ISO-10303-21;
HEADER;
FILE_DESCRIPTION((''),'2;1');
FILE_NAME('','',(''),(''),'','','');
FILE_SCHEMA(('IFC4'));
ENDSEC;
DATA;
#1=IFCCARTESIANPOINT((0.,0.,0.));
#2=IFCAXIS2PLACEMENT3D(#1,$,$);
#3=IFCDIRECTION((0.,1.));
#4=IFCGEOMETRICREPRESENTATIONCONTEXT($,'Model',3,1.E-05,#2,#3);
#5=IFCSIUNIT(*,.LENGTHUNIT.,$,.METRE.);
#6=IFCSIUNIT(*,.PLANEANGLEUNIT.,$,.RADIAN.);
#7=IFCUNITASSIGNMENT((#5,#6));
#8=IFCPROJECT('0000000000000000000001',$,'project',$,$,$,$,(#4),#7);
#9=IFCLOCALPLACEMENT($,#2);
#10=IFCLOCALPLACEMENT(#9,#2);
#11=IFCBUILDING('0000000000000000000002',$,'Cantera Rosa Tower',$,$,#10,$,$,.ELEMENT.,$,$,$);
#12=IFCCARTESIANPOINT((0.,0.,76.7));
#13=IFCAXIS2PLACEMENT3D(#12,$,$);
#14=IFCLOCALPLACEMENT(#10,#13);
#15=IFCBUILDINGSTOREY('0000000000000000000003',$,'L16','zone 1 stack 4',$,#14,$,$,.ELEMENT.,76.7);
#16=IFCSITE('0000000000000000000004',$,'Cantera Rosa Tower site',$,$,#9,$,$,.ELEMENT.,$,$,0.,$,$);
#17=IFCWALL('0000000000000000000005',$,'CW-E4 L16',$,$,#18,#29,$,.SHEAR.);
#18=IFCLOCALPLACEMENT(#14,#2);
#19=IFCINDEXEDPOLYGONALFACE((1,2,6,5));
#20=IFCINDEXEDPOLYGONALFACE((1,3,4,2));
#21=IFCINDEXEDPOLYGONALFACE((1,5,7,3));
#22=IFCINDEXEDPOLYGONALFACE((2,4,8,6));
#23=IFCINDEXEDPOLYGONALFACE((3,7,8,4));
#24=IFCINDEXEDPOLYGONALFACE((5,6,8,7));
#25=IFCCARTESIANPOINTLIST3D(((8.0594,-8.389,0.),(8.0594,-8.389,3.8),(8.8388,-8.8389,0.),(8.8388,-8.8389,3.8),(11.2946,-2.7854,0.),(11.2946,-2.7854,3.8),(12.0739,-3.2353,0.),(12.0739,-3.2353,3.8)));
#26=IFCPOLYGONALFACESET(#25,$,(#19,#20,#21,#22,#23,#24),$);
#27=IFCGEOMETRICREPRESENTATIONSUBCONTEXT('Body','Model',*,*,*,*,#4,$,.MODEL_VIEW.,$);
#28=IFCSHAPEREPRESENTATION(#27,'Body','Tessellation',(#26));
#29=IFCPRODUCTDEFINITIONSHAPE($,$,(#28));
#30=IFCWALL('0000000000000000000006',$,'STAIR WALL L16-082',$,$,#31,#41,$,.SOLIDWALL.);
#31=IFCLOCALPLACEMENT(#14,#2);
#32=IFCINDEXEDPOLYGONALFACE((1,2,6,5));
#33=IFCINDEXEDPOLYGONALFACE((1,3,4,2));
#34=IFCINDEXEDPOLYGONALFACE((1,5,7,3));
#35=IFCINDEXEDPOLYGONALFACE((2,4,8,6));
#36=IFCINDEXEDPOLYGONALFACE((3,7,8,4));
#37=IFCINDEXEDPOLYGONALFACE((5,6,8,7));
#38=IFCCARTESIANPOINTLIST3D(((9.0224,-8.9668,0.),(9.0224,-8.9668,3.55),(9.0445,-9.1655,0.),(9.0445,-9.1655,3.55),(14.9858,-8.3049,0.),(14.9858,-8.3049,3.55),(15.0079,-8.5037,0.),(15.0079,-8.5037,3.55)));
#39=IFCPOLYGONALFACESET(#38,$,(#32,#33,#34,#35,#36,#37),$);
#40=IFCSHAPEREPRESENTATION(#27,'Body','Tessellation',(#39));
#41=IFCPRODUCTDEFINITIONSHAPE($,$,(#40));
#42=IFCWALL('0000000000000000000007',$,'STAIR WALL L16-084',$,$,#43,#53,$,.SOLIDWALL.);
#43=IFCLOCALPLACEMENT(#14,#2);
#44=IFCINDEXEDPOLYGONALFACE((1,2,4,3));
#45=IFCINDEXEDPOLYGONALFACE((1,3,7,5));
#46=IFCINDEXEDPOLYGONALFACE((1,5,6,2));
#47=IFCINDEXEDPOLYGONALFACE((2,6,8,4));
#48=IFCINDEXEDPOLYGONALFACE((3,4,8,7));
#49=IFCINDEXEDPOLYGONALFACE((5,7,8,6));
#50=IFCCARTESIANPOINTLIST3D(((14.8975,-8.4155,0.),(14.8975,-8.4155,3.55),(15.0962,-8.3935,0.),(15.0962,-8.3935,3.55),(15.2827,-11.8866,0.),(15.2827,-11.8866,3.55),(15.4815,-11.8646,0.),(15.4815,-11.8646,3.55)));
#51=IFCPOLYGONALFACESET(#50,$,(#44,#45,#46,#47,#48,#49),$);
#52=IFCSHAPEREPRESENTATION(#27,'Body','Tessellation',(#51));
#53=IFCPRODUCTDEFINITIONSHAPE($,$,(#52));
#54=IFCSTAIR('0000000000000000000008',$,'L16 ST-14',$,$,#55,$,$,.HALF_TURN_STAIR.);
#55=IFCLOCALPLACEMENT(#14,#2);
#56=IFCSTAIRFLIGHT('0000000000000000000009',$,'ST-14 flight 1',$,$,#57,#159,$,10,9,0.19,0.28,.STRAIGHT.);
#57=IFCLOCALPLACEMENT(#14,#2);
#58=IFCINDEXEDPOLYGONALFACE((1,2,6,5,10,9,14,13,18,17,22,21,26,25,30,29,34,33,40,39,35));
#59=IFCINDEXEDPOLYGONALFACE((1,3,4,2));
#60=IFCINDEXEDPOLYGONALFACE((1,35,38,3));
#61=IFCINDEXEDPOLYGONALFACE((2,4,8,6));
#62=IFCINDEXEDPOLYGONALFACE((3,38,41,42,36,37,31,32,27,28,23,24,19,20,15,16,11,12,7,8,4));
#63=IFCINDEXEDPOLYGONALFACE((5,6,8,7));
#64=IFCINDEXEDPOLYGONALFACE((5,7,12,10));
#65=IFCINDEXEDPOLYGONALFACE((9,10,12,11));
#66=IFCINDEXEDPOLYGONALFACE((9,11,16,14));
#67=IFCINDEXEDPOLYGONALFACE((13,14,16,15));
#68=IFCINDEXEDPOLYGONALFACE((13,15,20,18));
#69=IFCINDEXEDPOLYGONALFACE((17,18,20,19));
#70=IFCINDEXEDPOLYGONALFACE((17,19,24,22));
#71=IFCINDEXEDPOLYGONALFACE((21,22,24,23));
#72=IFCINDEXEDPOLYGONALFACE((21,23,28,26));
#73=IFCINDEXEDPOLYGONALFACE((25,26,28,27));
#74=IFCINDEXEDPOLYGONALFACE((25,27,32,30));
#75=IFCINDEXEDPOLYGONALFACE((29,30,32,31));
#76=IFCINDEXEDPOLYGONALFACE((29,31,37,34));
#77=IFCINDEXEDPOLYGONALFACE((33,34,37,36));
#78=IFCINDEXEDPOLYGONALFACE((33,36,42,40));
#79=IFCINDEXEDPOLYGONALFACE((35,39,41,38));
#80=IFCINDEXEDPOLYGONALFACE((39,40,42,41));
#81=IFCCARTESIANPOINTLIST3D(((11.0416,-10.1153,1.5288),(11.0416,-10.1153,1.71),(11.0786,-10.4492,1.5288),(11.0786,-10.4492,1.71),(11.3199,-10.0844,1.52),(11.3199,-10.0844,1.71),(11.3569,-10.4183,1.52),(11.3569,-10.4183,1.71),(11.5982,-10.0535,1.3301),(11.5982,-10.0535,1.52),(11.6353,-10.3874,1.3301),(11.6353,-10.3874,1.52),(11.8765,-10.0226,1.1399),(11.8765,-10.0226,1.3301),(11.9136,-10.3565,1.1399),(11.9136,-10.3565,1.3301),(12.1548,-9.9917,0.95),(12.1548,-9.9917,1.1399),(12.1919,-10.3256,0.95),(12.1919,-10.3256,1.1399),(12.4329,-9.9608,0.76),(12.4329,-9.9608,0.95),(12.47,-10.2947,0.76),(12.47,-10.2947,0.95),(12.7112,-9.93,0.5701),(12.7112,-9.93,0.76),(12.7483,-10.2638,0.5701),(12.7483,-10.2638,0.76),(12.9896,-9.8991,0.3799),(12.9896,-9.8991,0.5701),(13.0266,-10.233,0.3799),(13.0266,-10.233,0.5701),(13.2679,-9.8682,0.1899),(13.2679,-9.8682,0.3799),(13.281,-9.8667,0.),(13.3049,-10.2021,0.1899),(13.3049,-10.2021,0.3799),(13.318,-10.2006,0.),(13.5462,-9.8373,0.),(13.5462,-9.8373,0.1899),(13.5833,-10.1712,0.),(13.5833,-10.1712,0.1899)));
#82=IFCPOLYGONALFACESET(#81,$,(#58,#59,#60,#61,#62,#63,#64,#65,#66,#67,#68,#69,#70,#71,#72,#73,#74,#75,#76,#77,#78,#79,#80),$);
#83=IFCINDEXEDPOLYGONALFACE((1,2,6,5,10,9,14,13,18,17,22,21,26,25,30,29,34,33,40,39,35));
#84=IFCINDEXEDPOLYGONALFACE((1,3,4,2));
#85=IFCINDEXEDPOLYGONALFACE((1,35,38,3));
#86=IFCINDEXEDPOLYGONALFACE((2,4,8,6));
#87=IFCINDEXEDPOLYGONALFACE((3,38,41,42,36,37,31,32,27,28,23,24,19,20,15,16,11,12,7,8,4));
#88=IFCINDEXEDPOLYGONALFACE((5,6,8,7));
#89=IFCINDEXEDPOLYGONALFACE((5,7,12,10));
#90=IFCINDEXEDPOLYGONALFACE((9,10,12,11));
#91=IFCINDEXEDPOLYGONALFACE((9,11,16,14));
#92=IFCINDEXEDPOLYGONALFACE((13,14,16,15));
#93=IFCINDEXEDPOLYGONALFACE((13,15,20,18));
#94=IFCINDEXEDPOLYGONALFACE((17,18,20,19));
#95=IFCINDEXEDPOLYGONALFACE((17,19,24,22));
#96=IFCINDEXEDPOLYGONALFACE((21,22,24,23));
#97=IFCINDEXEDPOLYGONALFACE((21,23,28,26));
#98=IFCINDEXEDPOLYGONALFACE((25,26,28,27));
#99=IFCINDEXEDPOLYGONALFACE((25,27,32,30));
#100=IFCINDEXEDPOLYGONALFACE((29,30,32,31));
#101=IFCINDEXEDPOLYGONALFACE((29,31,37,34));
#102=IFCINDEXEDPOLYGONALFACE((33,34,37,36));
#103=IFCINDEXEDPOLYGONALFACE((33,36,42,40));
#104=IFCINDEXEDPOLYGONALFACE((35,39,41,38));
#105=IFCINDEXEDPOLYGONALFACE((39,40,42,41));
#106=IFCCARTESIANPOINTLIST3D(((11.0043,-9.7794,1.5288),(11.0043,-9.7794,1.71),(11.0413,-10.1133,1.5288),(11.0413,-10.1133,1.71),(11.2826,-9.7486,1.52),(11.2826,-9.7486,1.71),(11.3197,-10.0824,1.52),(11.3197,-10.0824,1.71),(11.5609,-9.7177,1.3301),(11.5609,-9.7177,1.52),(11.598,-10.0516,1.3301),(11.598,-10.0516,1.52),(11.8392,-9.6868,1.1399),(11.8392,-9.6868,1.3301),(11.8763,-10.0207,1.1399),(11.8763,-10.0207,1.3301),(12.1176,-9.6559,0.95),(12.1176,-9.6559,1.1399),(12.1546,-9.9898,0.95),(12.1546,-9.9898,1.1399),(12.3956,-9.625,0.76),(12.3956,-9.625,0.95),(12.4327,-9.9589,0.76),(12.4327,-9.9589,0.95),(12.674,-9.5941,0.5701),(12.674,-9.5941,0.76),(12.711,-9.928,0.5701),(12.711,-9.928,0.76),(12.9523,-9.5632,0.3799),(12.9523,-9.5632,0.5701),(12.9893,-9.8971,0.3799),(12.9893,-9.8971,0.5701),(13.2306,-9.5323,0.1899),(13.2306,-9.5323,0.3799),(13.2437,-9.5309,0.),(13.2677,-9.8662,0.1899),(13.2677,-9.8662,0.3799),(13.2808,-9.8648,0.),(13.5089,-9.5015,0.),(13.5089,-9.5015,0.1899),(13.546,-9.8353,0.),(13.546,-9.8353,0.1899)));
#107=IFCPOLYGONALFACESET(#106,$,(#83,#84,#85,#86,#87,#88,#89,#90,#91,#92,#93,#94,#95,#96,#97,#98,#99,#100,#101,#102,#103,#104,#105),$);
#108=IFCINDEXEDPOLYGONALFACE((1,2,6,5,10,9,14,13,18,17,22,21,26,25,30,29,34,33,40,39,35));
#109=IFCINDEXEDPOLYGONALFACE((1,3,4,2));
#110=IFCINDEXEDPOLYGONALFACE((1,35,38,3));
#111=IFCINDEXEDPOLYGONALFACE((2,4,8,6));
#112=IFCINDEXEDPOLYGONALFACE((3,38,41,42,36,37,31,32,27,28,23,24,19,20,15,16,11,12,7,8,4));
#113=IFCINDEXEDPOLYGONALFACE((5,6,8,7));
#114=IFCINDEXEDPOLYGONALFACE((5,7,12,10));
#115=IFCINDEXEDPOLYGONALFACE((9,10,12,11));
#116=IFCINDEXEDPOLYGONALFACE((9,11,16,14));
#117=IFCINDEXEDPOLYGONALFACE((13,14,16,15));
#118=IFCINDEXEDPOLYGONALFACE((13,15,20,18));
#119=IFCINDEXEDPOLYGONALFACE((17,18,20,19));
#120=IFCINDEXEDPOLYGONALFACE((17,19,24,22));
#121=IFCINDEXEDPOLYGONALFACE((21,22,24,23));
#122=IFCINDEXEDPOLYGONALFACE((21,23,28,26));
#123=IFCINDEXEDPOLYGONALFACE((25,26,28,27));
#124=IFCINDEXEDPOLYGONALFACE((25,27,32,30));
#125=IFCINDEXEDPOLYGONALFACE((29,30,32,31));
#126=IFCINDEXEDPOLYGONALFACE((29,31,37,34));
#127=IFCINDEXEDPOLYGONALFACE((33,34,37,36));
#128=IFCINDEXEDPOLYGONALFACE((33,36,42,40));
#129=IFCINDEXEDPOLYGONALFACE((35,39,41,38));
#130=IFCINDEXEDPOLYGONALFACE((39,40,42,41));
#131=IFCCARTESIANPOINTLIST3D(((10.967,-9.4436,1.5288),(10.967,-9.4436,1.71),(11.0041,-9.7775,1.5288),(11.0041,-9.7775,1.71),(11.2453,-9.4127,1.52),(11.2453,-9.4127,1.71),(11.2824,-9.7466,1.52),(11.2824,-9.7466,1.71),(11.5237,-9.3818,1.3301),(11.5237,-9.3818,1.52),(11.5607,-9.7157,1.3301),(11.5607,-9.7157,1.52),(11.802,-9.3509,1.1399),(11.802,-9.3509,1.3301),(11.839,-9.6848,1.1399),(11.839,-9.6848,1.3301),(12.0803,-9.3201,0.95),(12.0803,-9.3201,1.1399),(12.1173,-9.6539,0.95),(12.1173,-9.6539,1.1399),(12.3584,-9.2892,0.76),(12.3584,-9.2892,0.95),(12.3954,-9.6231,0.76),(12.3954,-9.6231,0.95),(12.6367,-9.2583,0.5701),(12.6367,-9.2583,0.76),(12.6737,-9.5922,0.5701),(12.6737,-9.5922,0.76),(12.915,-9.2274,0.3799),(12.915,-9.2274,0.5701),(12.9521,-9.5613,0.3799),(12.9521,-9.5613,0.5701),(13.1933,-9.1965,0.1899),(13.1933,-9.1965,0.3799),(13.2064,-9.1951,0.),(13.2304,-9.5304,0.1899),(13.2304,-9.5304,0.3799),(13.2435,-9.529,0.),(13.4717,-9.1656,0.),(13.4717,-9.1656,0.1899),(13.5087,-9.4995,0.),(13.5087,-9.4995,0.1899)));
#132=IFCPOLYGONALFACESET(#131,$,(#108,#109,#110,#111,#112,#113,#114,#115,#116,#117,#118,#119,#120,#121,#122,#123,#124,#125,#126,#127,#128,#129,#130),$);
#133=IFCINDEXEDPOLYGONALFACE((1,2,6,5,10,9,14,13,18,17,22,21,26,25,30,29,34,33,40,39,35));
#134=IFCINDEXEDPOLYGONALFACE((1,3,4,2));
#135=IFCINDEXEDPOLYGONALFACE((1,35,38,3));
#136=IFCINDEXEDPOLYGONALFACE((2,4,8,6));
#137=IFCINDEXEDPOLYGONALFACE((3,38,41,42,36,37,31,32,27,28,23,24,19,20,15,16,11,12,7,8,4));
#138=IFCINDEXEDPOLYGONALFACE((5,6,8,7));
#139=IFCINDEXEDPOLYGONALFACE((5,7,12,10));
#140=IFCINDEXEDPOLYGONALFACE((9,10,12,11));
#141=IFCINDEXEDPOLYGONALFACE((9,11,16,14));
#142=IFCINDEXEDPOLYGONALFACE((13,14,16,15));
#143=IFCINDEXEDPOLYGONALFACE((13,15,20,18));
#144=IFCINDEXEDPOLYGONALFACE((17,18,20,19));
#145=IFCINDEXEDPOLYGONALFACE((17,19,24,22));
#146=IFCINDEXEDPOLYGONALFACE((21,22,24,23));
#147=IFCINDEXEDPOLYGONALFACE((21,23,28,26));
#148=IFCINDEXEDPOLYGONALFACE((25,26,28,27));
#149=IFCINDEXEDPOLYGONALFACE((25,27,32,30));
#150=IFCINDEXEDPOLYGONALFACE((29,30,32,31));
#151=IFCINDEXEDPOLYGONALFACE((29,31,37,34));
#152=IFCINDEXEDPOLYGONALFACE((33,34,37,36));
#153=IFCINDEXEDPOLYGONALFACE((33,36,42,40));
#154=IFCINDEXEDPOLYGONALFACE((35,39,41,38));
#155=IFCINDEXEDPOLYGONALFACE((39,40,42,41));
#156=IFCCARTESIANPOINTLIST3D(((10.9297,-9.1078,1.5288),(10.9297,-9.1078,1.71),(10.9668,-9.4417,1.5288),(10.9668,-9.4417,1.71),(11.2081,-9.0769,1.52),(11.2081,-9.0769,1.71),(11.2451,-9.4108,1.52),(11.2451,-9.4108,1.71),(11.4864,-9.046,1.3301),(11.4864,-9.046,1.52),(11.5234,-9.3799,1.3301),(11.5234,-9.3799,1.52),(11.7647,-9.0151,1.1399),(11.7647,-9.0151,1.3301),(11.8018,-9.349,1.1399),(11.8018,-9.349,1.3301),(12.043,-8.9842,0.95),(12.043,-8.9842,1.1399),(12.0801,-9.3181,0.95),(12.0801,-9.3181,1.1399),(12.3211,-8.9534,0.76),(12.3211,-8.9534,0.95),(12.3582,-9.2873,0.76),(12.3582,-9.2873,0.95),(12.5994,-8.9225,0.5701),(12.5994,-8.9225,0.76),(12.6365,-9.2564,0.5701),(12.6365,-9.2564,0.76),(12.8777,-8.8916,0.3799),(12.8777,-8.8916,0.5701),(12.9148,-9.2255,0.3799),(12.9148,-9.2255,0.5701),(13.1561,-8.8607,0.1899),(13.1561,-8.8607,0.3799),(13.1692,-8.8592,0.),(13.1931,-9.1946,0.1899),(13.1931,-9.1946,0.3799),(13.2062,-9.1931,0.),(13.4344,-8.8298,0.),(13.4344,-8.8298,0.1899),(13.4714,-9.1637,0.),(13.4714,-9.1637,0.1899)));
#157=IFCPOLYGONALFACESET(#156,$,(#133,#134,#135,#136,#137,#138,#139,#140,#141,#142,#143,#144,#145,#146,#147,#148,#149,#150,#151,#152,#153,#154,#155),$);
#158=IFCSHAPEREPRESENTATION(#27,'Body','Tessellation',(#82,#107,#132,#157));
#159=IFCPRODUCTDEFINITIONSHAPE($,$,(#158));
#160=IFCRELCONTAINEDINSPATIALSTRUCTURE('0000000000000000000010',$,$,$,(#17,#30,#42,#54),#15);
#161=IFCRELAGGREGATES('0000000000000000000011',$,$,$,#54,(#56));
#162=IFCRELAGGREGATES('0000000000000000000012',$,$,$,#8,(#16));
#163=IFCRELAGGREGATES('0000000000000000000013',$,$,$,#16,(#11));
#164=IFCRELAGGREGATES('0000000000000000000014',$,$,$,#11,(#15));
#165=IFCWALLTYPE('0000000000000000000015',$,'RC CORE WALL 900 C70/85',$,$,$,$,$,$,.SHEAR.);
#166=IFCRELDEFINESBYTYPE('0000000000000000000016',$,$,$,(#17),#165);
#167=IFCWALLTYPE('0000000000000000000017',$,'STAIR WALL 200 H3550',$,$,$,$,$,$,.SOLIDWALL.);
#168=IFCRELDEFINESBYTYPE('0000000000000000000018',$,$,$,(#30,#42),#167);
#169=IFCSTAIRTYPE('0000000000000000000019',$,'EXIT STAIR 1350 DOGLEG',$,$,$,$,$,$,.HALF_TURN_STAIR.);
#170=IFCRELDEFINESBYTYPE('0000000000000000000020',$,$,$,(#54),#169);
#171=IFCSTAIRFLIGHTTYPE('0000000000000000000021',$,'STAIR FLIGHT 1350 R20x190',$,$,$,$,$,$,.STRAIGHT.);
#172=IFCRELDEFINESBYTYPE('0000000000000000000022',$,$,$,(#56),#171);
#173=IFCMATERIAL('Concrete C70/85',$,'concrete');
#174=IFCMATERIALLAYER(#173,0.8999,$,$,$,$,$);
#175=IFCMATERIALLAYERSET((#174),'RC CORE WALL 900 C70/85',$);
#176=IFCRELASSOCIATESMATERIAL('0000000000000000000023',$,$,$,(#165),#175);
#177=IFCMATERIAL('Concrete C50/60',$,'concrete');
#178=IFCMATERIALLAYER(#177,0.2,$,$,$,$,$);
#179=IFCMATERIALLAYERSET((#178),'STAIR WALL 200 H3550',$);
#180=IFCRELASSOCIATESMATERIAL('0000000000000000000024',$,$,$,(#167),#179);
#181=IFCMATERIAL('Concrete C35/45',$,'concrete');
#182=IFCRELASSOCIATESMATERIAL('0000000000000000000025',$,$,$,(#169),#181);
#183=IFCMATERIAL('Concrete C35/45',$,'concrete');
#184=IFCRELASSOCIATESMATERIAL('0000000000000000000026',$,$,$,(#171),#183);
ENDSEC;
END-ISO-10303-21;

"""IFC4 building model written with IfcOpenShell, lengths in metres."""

from ifc_helpers import new_model, si_unit, direction, frame, frame_2d, origin, place, context, subcontext, project, spatial, polyline, rectangle, outline, extrude, material, layer, layer_set, type_object, element, aggregate, save


model = new_model("IFC4")

# Units and contexts
model_context = context("Model", 3, precision=1e-05, world=origin(), true_north=direction((0.0, 1.0)))
body_context = subcontext(model_context, "Body", "Model", "MODEL_VIEW")
ifc_project = project(units=[si_unit("LENGTHUNIT", "METRE"), si_unit("PLANEANGLEUNIT", "RADIAN")], contexts=[model_context])

# Site, building, storey
site_placement = place(None, origin())
site = spatial("IfcSite", under=ifc_project, at=site_placement, Name="Cantera Rosa Tower site", CompositionType="ELEMENT", RefElevation=0.0)
building_placement = place(site_placement, origin())
building = spatial("IfcBuilding", under=site, at=building_placement, Name="Cantera Rosa Tower", CompositionType="ELEMENT")
storey_placement = place(building_placement, frame((0.0, 0.0, 76.7)))
storey = spatial("IfcBuildingStorey", under=building, at=storey_placement, Name="L16", Description="zone 1 stack 4", CompositionType="ELEMENT", Elevation=76.7)

# Walls
ifc_material_1 = material(Name="Concrete C70/85", Category="concrete")
ifc_layer_1 = layer(ifc_material_1, 0.8999)
ifc_layer_set_1 = layer_set([ifc_layer_1], Name="RC CORE WALL 900 C70/85")
wall_type_1 = type_object("IfcWallType", Name="RC CORE WALL 900 C70/85", PredefinedType="SHEAR", material=ifc_layer_set_1)
wall_1_placement = place(storey_placement, frame((11.6843, -3.0103, 0.0), z_axis=(0.0, 0.0, 1.0), x_axis=(-0.49999, -0.866031, 0.0)))
element("IfcWall", 1, at=wall_1_placement, inside=storey, type_object=wall_type_1, Name="CW-E4 L16", PredefinedType="SHEAR", context=body_context, shape_type="SweptSolid", body=[
    extrude(rectangle(XDim=6.4705, YDim=0.8999, at=frame_2d((3.2354, 0.0))), origin(), (0.0, 0.0, 1.0), 3.8),
])
ifc_material_2 = material(Name="Concrete C50/60", Category="concrete")
ifc_layer_2 = layer(ifc_material_2, 0.2)
ifc_layer_set_2 = layer_set([ifc_layer_2], Name="STAIR WALL 200 H3550")
wall_type_2 = type_object("IfcWallType", Name="STAIR WALL 200 H3550", PredefinedType="SOLIDWALL", material=ifc_layer_set_2)
wall_2_placement = place(storey_placement, frame((14.9968, -8.4043, 0.0), z_axis=(0.0, 0.0, 1.0), x_axis=(-0.993897, -0.110311, 0.0)))
element("IfcWall", 2, at=wall_2_placement, inside=storey, type_object=wall_type_2, Name="STAIR WALL L16-082", PredefinedType="SOLIDWALL", context=body_context, shape_type="SweptSolid", body=[
    extrude(rectangle(XDim=6.0, YDim=0.2, at=frame_2d((3.0, 0.0))), origin(), (0.0, 0.0, 1.0), 3.55),
])
wall_3_placement = place(storey_placement, frame((15.3821, -11.8755, 0.0), z_axis=(0.0, 0.0, 1.0), x_axis=(-0.110309, 0.993897, 0.0)))
element("IfcWall", 3, at=wall_3_placement, inside=storey, type_object=wall_type_2, Name="STAIR WALL L16-084", PredefinedType="SOLIDWALL", context=body_context, shape_type="SweptSolid", body=[
    extrude(rectangle(XDim=3.4924, YDim=0.2, at=frame_2d((1.7461, 0.0))), origin(), (0.0, 0.0, 1.0), 3.55),
])

# Stair, stair flight
ifc_material_3 = material(Name="Concrete C35/45", Category="concrete")
stair_type = type_object("IfcStairType", Name="EXIT STAIR 1350 DOGLEG", PredefinedType="HALF_TURN_STAIR", material=ifc_material_3)
stair_placement = place(storey_placement, origin())
stair = element("IfcStair", 4, at=stair_placement, inside=storey, type_object=stair_type, Name="L16 ST-14", PredefinedType="HALF_TURN_STAIR")
ifc_material_4 = material(Name="Concrete C35/45", Category="concrete")
stair_flight_type = type_object("IfcStairFlightType", Name="STAIR FLIGHT 1350 R20x190", PredefinedType="STRAIGHT", material=ifc_material_4)
stair_flight_1_placement = place(storey_placement, frame((13.5088, -9.5002, 0.0), z_axis=(0.0, 0.0, 1.0), x_axis=(-0.993897, -0.110313, 0.0)))
stair_flight_1 = element("IfcStairFlight", 5, at=stair_flight_1_placement, type_object=stair_flight_type, Name="ST-14 flight 1", NumberOfRisers=10, NumberOfTreads=9, PredefinedType="STRAIGHT", RiserHeight=0.19, TreadLength=0.28, context=body_context, shape_type="SweptSolid", body=[
    extrude(outline(polyline([(0.0, 0.0), (0.0, 0.1899), (0.28, 0.1899), (0.28, 0.3799), (0.5601, 0.3799), (0.5601, 0.5701), (0.8401, 0.5701), (0.8401, 0.76), (1.1201, 0.76), (1.1201, 0.95), (1.3999, 0.95), (1.3999, 1.1399), (1.6799, 1.1399), (1.6799, 1.3301), (1.96, 1.3301), (1.96, 1.52), (2.24, 1.52), (2.24, 1.71), (2.52, 1.71), (2.52, 1.8999), (2.52, 1.5288), (0.2668, 0.0), (0.0, 0.0)])), frame((0.0, 0.675, 0.0), z_axis=(0.0, -1.0, 0.0), x_axis=(1.0, 0.0, 0.0)), (0.0, 0.0, 1.0), 0.3359),
    extrude(outline(polyline([(0.0, 0.0), (0.0, 0.1899), (0.28, 0.1899), (0.28, 0.3799), (0.5601, 0.3799), (0.5601, 0.5701), (0.8401, 0.5701), (0.8401, 0.76), (1.1201, 0.76), (1.1201, 0.95), (1.3999, 0.95), (1.3999, 1.1399), (1.6799, 1.1399), (1.6799, 1.3301), (1.96, 1.3301), (1.96, 1.52), (2.24, 1.52), (2.24, 1.71), (2.52, 1.71), (2.52, 1.8999), (2.52, 1.5288), (0.2668, 0.0), (0.0, 0.0)])), frame((0.0, 0.3372, 0.0), z_axis=(0.0, -1.0, 0.0), x_axis=(1.0, 0.0, 0.0)), (0.0, 0.0, 1.0), 0.3359),
    extrude(outline(polyline([(0.0, 0.0), (0.0, 0.1899), (0.28, 0.1899), (0.28, 0.3799), (0.5601, 0.3799), (0.5601, 0.5701), (0.8401, 0.5701), (0.8401, 0.76), (1.1201, 0.76), (1.1201, 0.95), (1.3999, 0.95), (1.3999, 1.1399), (1.6799, 1.1399), (1.6799, 1.3301), (1.96, 1.3301), (1.96, 1.52), (2.24, 1.52), (2.24, 1.71), (2.52, 1.71), (2.52, 1.8999), (2.52, 1.5288), (0.2668, 0.0), (0.0, 0.0)])), frame((0.0, -0.0007, 0.0), z_axis=(0.0, -1.0, 0.0), x_axis=(1.0, 0.0, 0.0)), (0.0, 0.0, 1.0), 0.3359),
    extrude(outline(polyline([(0.0, 0.0), (0.0, 0.1899), (0.28, 0.1899), (0.28, 0.3799), (0.5601, 0.3799), (0.5601, 0.5701), (0.8401, 0.5701), (0.8401, 0.76), (1.1201, 0.76), (1.1201, 0.95), (1.3999, 0.95), (1.3999, 1.1399), (1.6799, 1.1399), (1.6799, 1.3301), (1.96, 1.3301), (1.96, 1.52), (2.24, 1.52), (2.24, 1.71), (2.52, 1.71), (2.52, 1.8999), (2.52, 1.5288), (0.2668, 0.0), (0.0, 0.0)])), frame((0.0, -0.3386, 0.0), z_axis=(0.0, -1.0, 0.0), x_axis=(1.0, 0.0, 0.0)), (0.0, 0.0, 1.0), 0.3359),
])
aggregate(stair, [stair_flight_1])

save(model, "model.ifc")
